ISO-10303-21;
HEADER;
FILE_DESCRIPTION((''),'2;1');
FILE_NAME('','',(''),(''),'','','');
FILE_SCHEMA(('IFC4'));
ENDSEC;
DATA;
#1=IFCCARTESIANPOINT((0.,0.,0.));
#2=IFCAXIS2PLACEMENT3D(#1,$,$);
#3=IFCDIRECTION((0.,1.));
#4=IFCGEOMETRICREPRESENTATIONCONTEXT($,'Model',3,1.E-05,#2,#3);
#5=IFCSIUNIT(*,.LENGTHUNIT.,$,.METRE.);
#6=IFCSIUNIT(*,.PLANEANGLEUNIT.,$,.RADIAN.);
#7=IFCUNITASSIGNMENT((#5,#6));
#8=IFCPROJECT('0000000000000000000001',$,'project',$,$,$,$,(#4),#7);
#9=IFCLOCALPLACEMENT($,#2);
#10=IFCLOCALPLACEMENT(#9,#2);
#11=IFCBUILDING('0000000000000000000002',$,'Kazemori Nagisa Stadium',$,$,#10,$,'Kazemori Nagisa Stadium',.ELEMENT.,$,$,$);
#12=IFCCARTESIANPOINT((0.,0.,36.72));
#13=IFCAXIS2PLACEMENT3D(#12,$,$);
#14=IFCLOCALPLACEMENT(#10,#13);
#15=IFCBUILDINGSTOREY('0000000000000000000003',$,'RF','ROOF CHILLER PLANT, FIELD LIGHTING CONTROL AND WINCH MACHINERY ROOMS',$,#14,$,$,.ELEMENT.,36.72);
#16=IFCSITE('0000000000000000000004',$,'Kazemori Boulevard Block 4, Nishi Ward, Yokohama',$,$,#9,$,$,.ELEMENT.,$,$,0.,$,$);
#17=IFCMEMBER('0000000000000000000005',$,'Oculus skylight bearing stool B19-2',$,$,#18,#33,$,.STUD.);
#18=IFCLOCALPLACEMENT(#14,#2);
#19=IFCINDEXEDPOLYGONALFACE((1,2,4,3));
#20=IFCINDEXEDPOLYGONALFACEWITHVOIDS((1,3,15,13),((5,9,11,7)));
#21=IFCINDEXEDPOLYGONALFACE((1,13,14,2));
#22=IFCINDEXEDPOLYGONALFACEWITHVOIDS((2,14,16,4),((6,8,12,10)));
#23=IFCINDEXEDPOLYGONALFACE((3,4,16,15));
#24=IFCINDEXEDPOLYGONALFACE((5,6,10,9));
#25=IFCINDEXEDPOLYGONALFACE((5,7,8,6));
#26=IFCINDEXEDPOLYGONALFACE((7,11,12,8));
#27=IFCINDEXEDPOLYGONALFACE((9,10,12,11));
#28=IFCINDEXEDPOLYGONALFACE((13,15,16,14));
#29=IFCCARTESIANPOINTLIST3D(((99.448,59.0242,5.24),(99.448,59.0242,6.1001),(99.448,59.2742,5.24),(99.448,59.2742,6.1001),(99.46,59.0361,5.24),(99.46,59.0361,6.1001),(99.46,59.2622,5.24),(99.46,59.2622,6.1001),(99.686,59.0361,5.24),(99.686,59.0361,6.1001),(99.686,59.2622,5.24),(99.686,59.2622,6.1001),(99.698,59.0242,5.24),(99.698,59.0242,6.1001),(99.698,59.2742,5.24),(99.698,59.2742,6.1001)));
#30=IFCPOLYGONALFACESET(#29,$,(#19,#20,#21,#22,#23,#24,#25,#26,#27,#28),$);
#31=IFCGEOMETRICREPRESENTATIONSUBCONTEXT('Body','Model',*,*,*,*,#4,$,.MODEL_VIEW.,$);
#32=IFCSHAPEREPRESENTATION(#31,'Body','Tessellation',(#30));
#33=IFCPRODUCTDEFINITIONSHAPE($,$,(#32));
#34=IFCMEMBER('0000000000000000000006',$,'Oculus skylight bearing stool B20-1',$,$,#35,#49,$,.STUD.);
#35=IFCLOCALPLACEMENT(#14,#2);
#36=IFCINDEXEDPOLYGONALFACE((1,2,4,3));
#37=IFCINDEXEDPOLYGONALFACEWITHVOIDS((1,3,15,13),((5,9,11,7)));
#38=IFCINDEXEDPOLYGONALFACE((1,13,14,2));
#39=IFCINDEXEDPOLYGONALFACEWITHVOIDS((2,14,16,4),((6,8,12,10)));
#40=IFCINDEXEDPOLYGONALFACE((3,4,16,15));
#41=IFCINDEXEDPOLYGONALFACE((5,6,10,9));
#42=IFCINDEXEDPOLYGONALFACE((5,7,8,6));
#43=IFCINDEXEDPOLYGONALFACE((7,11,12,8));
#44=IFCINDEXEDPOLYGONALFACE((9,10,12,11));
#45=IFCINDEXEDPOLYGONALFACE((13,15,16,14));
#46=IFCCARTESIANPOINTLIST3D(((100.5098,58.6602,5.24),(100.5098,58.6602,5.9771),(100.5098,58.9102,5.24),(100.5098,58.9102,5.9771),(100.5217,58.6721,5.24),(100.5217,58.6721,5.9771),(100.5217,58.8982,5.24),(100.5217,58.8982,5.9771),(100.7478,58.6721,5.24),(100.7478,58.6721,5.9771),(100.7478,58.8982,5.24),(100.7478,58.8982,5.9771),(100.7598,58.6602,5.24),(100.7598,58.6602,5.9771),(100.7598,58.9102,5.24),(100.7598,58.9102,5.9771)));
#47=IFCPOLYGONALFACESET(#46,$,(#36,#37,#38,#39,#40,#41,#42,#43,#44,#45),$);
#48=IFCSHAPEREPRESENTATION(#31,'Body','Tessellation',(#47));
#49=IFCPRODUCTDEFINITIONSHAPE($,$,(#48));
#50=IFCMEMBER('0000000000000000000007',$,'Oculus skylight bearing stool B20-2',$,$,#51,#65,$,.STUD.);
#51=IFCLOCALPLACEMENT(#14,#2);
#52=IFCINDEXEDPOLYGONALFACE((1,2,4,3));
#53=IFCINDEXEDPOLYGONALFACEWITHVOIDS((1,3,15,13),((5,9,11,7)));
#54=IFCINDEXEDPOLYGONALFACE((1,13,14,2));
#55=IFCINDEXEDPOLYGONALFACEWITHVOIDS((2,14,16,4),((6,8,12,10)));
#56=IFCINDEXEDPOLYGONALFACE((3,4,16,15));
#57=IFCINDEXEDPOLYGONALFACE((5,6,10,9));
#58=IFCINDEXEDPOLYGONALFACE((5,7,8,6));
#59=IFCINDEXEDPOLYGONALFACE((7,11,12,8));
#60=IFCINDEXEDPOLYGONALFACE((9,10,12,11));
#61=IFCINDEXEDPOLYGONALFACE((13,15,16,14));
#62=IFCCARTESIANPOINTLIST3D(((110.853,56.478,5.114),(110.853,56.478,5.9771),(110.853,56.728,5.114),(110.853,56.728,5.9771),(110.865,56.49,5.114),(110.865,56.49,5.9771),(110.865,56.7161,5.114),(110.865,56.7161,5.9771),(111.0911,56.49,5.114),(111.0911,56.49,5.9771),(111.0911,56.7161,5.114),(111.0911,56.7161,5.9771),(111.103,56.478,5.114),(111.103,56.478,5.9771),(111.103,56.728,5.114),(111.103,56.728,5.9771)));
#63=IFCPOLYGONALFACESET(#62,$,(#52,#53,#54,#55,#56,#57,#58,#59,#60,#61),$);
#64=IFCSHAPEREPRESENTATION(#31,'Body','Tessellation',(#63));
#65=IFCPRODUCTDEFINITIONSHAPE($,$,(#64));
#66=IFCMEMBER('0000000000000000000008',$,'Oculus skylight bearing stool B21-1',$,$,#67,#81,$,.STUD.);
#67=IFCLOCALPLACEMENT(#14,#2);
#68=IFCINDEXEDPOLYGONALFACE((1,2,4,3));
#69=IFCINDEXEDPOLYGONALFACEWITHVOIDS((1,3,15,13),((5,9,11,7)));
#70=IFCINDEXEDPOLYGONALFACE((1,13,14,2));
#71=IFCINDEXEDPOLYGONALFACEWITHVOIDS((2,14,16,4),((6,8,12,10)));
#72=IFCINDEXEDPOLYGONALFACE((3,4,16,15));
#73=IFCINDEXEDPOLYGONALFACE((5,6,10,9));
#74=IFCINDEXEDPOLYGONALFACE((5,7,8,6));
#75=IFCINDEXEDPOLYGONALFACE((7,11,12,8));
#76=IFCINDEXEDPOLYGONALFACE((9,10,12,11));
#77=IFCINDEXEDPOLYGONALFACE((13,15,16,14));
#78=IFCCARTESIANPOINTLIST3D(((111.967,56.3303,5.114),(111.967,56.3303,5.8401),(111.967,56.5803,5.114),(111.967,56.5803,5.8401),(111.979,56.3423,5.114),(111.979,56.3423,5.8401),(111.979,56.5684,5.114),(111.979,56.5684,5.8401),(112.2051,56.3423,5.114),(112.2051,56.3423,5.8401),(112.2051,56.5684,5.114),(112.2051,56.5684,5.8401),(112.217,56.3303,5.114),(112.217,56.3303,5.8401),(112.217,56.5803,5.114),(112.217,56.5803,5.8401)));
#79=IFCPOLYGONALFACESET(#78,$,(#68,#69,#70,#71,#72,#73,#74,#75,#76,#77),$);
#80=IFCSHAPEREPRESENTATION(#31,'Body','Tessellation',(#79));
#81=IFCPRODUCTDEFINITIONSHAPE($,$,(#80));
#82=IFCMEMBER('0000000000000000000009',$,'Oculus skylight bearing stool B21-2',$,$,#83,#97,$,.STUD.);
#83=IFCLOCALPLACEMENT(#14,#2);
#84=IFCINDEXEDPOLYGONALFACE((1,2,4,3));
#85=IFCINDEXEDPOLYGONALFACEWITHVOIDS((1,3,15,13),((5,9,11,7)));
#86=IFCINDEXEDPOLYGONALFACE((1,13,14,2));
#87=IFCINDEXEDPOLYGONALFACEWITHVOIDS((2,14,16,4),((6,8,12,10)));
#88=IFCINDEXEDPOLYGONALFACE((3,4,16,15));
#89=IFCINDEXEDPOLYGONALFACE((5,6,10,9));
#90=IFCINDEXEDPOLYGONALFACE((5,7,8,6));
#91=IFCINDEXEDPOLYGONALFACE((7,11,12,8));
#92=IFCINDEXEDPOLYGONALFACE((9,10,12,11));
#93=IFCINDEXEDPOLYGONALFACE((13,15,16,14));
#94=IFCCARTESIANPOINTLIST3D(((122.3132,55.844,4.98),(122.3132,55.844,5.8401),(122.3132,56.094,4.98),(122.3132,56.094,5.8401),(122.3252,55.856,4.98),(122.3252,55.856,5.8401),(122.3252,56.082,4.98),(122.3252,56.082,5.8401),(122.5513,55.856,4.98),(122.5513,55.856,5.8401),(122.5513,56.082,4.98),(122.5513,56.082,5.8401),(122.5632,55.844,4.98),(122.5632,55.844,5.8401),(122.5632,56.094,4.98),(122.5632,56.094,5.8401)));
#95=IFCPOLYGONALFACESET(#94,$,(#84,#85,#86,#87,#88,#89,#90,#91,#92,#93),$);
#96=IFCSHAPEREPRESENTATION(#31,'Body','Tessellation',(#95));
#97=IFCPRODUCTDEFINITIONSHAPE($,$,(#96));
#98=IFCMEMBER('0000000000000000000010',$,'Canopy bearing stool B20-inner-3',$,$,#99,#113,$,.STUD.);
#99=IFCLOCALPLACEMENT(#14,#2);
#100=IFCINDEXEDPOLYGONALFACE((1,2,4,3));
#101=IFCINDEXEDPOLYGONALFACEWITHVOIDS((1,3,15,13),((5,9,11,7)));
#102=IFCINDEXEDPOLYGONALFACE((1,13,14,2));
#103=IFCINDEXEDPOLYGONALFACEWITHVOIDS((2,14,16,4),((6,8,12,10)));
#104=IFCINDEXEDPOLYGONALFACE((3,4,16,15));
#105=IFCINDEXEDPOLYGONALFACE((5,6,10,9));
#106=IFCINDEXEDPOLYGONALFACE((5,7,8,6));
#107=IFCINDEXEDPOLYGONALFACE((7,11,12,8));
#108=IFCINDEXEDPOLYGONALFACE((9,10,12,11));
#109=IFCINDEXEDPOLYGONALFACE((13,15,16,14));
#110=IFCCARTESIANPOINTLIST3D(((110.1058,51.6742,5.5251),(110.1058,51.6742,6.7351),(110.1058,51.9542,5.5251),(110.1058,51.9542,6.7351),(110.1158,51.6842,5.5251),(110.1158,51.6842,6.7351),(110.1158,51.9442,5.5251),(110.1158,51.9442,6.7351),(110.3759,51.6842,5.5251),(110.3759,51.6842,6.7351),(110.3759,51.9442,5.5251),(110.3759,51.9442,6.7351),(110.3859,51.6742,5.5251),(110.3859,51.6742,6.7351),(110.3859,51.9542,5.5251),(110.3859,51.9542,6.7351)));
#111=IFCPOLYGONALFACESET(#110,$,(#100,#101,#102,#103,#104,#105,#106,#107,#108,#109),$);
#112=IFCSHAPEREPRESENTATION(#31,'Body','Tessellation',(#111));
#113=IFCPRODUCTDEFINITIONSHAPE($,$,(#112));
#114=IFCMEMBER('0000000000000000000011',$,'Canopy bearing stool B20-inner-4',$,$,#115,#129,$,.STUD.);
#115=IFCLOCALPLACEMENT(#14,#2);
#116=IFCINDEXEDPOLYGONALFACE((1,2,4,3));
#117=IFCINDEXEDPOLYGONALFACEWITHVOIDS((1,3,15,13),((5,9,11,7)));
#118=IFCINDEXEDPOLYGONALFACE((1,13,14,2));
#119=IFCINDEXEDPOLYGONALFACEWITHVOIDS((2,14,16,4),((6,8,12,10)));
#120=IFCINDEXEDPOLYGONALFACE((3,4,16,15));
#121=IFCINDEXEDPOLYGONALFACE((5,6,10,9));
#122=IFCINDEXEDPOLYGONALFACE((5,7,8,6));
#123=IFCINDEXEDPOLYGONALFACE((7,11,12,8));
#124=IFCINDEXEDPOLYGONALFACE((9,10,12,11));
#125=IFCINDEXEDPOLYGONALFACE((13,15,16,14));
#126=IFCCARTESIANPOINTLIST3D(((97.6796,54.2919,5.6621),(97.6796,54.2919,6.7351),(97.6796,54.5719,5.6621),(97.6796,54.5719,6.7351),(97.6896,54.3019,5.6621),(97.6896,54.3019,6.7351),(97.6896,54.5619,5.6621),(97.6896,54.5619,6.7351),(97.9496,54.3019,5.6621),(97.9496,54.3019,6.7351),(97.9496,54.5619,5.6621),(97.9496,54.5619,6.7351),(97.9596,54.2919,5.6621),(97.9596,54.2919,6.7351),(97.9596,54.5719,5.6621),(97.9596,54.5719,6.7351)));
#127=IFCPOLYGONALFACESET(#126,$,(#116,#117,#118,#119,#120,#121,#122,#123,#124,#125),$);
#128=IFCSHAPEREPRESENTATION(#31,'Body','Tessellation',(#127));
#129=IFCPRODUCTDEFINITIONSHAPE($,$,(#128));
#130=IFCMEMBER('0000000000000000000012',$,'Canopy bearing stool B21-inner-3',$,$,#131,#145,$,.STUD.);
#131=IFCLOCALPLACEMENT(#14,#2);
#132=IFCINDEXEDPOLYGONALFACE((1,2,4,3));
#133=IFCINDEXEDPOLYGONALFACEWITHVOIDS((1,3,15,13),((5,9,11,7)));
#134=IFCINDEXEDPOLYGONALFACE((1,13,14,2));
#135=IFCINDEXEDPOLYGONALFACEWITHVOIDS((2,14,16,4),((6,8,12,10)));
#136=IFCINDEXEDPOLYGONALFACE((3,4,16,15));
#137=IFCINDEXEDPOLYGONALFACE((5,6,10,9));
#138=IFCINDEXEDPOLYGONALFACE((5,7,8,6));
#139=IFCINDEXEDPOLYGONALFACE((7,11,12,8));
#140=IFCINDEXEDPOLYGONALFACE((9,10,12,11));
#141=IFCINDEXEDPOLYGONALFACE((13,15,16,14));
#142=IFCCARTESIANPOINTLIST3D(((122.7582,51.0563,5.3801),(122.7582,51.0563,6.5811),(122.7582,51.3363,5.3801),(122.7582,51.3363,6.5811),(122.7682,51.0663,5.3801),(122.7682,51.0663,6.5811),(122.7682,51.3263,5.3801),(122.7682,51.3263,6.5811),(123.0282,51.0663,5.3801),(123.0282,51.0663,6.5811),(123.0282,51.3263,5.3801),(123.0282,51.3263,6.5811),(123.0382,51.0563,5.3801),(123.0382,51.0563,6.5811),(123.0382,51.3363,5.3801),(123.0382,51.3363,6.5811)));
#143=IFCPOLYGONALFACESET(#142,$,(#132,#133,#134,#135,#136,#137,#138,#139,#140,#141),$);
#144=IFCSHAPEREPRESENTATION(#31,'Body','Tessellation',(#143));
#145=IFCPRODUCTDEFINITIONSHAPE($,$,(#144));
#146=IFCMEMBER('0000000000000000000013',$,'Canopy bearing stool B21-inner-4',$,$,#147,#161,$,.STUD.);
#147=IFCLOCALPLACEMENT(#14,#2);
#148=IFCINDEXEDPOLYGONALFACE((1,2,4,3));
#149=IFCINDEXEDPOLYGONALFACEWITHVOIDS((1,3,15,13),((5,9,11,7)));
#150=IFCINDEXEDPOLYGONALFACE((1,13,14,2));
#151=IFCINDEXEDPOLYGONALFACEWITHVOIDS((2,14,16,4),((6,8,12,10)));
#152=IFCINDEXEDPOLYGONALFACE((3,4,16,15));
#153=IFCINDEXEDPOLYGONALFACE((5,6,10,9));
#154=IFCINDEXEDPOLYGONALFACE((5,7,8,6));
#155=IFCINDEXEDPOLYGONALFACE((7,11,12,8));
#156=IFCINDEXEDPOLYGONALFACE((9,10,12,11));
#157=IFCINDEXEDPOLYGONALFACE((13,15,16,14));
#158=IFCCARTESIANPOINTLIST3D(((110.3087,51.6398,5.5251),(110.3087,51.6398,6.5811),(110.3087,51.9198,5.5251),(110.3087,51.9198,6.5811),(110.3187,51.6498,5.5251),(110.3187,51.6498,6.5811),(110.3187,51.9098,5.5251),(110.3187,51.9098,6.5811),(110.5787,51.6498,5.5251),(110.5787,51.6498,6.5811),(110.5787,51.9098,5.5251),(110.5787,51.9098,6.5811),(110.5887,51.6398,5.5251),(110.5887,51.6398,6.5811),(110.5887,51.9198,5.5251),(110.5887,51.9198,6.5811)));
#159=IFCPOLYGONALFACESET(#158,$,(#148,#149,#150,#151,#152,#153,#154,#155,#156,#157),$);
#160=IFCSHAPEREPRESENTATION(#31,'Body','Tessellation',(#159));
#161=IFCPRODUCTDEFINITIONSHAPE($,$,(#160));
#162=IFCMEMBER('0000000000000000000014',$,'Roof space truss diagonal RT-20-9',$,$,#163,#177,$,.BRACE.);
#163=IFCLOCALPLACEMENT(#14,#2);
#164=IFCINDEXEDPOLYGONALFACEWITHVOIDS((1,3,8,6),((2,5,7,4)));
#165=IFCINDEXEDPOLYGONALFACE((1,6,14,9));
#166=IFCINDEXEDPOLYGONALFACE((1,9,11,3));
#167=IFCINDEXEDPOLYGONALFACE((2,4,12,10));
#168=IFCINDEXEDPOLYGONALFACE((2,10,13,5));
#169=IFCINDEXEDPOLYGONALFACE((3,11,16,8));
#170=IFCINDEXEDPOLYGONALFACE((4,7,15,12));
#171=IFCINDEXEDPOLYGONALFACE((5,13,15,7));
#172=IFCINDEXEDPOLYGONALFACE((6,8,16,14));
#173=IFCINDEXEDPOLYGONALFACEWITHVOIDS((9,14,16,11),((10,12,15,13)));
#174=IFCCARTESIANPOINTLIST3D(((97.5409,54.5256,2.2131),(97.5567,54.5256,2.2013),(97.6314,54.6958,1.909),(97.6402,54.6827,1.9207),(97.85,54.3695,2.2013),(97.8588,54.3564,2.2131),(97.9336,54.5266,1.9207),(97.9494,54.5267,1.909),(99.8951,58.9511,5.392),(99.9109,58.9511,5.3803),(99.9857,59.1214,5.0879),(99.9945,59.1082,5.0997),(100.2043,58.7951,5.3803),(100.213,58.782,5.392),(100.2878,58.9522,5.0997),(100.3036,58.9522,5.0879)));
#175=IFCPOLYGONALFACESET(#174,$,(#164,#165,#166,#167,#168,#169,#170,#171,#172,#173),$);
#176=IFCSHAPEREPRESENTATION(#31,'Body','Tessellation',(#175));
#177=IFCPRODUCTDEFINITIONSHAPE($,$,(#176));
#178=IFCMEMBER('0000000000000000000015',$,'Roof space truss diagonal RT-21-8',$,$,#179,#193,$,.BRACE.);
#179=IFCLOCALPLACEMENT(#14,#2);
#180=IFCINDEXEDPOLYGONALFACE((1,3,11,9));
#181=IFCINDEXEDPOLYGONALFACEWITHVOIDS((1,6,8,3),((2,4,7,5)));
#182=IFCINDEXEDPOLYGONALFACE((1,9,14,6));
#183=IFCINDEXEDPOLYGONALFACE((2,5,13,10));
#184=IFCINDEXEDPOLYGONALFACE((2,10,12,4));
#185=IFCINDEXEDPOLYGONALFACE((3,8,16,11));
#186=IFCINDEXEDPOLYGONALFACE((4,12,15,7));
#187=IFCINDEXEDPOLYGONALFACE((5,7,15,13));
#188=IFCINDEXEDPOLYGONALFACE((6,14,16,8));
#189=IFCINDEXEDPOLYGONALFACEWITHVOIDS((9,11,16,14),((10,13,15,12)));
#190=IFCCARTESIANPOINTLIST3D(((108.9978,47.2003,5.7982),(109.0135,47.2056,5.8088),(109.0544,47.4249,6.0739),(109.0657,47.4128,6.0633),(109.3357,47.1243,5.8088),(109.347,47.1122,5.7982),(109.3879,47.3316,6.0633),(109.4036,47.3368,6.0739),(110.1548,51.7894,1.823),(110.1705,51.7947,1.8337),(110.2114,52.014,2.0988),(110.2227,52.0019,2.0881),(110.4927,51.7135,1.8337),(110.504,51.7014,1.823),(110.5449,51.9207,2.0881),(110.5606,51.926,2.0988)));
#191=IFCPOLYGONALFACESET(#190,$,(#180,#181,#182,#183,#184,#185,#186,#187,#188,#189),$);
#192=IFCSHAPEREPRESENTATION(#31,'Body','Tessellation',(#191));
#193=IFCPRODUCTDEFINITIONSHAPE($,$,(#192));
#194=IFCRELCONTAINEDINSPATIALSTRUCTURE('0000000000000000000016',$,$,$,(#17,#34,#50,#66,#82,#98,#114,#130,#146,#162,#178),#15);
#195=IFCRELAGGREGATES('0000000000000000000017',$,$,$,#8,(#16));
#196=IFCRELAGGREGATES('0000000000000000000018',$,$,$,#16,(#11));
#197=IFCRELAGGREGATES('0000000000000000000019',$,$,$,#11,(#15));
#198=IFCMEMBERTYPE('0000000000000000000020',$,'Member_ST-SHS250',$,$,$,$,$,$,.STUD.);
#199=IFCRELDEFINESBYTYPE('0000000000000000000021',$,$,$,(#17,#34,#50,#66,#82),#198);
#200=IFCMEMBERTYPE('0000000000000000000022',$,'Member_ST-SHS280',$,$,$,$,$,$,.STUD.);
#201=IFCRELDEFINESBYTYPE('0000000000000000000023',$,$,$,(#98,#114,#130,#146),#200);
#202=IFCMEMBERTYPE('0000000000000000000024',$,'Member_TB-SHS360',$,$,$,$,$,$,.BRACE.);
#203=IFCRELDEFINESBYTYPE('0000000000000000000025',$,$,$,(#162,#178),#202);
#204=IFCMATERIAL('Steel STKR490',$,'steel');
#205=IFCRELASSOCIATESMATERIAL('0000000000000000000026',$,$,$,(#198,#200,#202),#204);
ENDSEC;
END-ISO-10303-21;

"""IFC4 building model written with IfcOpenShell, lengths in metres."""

from ifc_helpers import new_model, si_unit, direction, frame, origin, origin_2d, place, context, subcontext, project, spatial, hollow_rectangle, extrude, material, material_profile, profile_set, type_object, element, save


model = new_model("IFC4")

# Units and contexts
model_context = context("Model", 3, precision=1e-05, world=origin(), true_north=direction((0.0, 1.0)))
body_context = subcontext(model_context, "Body", "Model", "MODEL_VIEW")
ifc_project = project(units=[si_unit("LENGTHUNIT", "METRE"), si_unit("PLANEANGLEUNIT", "RADIAN")], contexts=[model_context])

# Site, building, storey
site_placement = place(None, origin())
site = spatial("IfcSite", under=ifc_project, at=site_placement, Name="Kazemori Boulevard Block 4, Nishi Ward, Yokohama", CompositionType="ELEMENT", RefElevation=0.0)
building_placement = place(site_placement, origin())
building = spatial("IfcBuilding", under=site, at=building_placement, Name="Kazemori Nagisa Stadium", LongName="Kazemori Nagisa Stadium", CompositionType="ELEMENT")
storey_placement = place(building_placement, frame((0.0, 0.0, 36.72)))
storey = spatial("IfcBuildingStorey", under=building, at=storey_placement, Name="RF", Description="ROOF CHILLER PLANT, FIELD LIGHTING CONTROL AND WINCH MACHINERY ROOMS", CompositionType="ELEMENT", Elevation=36.72)

# Members
ifc_material = material(Name="Steel STKR490", Category="steel")
ifc_material_profile_1 = material_profile(ifc_material, hollow_rectangle(XDim=0.25, YDim=0.25, WallThickness=0.012, at=origin_2d()), Name="SHS-250x250x12")
ifc_profile_set_1 = profile_set([ifc_material_profile_1], Name="Steel STKR490")
member_type_1 = type_object("IfcMemberType", Name="Member_ST-SHS250", PredefinedType="STUD", material=ifc_profile_set_1)
member_1_placement = place(storey_placement, frame((99.573, 59.1492, 5.24), z_axis=(0.0, 0.0, 1.0), x_axis=(1.0, 0.0, 0.0)))
element("IfcMember", 1, at=member_1_placement, inside=storey, type_object=member_type_1, Name="Oculus skylight bearing stool B19-2", PredefinedType="STUD", context=body_context, shape_type="SweptSolid", body=[
    extrude(hollow_rectangle(XDim=0.25, YDim=0.25, WallThickness=0.012, at=origin_2d()), origin(), (0.0, 0.0, 1.0), 0.8601),
])
member_2_placement = place(storey_placement, frame((100.6348, 58.7852, 5.24), z_axis=(0.0, 0.0, 1.0), x_axis=(1.0, 0.0, 0.0)))
element("IfcMember", 2, at=member_2_placement, inside=storey, type_object=member_type_1, Name="Oculus skylight bearing stool B20-1", PredefinedType="STUD", context=body_context, shape_type="SweptSolid", body=[
    extrude(hollow_rectangle(XDim=0.25, YDim=0.25, WallThickness=0.012, at=origin_2d()), origin(), (0.0, 0.0, 1.0), 0.7371),
])
member_3_placement = place(storey_placement, frame((110.978, 56.603, 5.114), z_axis=(0.0, 0.0, 1.0), x_axis=(1.0, 0.0, 0.0)))
element("IfcMember", 3, at=member_3_placement, inside=storey, type_object=member_type_1, Name="Oculus skylight bearing stool B20-2", PredefinedType="STUD", context=body_context, shape_type="SweptSolid", body=[
    extrude(hollow_rectangle(XDim=0.25, YDim=0.25, WallThickness=0.012, at=origin_2d()), origin(), (0.0, 0.0, 1.0), 0.863),
])
member_4_placement = place(storey_placement, frame((112.092, 56.4553, 5.114), z_axis=(0.0, 0.0, 1.0), x_axis=(1.0, 0.0, 0.0)))
element("IfcMember", 4, at=member_4_placement, inside=storey, type_object=member_type_1, Name="Oculus skylight bearing stool B21-1", PredefinedType="STUD", context=body_context, shape_type="SweptSolid", body=[
    extrude(hollow_rectangle(XDim=0.25, YDim=0.25, WallThickness=0.012, at=origin_2d()), origin(), (0.0, 0.0, 1.0), 0.7261),
])
member_5_placement = place(storey_placement, frame((122.4382, 55.969, 4.98), z_axis=(0.0, 0.0, 1.0), x_axis=(1.0, 0.0, 0.0)))
element("IfcMember", 5, at=member_5_placement, inside=storey, type_object=member_type_1, Name="Oculus skylight bearing stool B21-2", PredefinedType="STUD", context=body_context, shape_type="SweptSolid", body=[
    extrude(hollow_rectangle(XDim=0.25, YDim=0.25, WallThickness=0.012, at=origin_2d()), origin(), (0.0, 0.0, 1.0), 0.8601),
])
ifc_material_profile_2 = material_profile(ifc_material, hollow_rectangle(XDim=0.28, YDim=0.28, WallThickness=0.01, at=origin_2d()), Name="SHS-280x280x10")
ifc_profile_set_2 = profile_set([ifc_material_profile_2], Name="Steel STKR490")
member_type_2 = type_object("IfcMemberType", Name="Member_ST-SHS280", PredefinedType="STUD", material=ifc_profile_set_2)
member_6_placement = place(storey_placement, frame((110.2458, 51.8142, 5.5251), z_axis=(0.0, 0.0, 1.0), x_axis=(1.0, 0.0, 0.0)))
element("IfcMember", 6, at=member_6_placement, inside=storey, type_object=member_type_2, Name="Canopy bearing stool B20-inner-3", PredefinedType="STUD", context=body_context, shape_type="SweptSolid", body=[
    extrude(hollow_rectangle(XDim=0.28, YDim=0.28, WallThickness=0.01, at=origin_2d()), origin(), (0.0, 0.0, 1.0), 1.21),
])
member_7_placement = place(storey_placement, frame((97.8196, 54.4319, 5.6621), z_axis=(0.0, 0.0, 1.0), x_axis=(1.0, 0.0, 0.0)))
element("IfcMember", 7, at=member_7_placement, inside=storey, type_object=member_type_2, Name="Canopy bearing stool B20-inner-4", PredefinedType="STUD", context=body_context, shape_type="SweptSolid", body=[
    extrude(hollow_rectangle(XDim=0.28, YDim=0.28, WallThickness=0.01, at=origin_2d()), origin(), (0.0, 0.0, 1.0), 1.073),
])
member_8_placement = place(storey_placement, frame((122.8982, 51.1963, 5.3801), z_axis=(0.0, 0.0, 1.0), x_axis=(1.0, 0.0, 0.0)))
element("IfcMember", 8, at=member_8_placement, inside=storey, type_object=member_type_2, Name="Canopy bearing stool B21-inner-3", PredefinedType="STUD", context=body_context, shape_type="SweptSolid", body=[
    extrude(hollow_rectangle(XDim=0.28, YDim=0.28, WallThickness=0.01, at=origin_2d()), origin(), (0.0, 0.0, 1.0), 1.2009),
])
member_9_placement = place(storey_placement, frame((110.4487, 51.7798, 5.5251), z_axis=(0.0, 0.0, 1.0), x_axis=(1.0, 0.0, 0.0)))
element("IfcMember", 9, at=member_9_placement, inside=storey, type_object=member_type_2, Name="Canopy bearing stool B21-inner-4", PredefinedType="STUD", context=body_context, shape_type="SweptSolid", body=[
    extrude(hollow_rectangle(XDim=0.28, YDim=0.28, WallThickness=0.01, at=origin_2d()), origin(), (0.0, 0.0, 1.0), 1.0559),
])
ifc_material_profile_3 = material_profile(ifc_material, hollow_rectangle(XDim=0.3601, YDim=0.3601, WallThickness=0.0139, at=origin_2d()), Name="SHS-360x360x14")
ifc_profile_set_3 = profile_set([ifc_material_profile_3], Name="Steel STKR490")
member_type_3 = type_object("IfcMemberType", Name="Member_TB-SHS360", PredefinedType="BRACE", material=ifc_profile_set_3)
member_10_placement = place(storey_placement, frame((97.7451, 54.5261, 2.061), z_axis=(0.396619, 0.745568, 0.535557), x_axis=(-0.882853, 0.46965, 0.0)))
element("IfcMember", 10, at=member_10_placement, inside=storey, type_object=member_type_3, Name="Roof space truss diagonal RT-20-9", PredefinedType="BRACE", context=body_context, shape_type="SweptSolid", body=[
    extrude(hollow_rectangle(XDim=0.3601, YDim=0.3601, WallThickness=0.0139, at=origin_2d()), origin(), (0.0, 0.0, 1.0), 5.9358),
])
member_11_placement = place(storey_placement, frame((109.2007, 47.2686, 5.936), z_axis=(0.187195, 0.742501, -0.643156), x_axis=(-0.969658, 0.244465, 0.0)))
element("IfcMember", 11, at=member_11_placement, inside=storey, type_object=member_type_3, Name="Roof space truss diagonal RT-21-8", PredefinedType="BRACE", context=body_context, shape_type="SweptSolid", body=[
    extrude(hollow_rectangle(XDim=0.3601, YDim=0.3601, WallThickness=0.0139, at=origin_2d()), origin(), (0.0, 0.0, 1.0), 6.1807),
])

save(model, "model.ifc")
